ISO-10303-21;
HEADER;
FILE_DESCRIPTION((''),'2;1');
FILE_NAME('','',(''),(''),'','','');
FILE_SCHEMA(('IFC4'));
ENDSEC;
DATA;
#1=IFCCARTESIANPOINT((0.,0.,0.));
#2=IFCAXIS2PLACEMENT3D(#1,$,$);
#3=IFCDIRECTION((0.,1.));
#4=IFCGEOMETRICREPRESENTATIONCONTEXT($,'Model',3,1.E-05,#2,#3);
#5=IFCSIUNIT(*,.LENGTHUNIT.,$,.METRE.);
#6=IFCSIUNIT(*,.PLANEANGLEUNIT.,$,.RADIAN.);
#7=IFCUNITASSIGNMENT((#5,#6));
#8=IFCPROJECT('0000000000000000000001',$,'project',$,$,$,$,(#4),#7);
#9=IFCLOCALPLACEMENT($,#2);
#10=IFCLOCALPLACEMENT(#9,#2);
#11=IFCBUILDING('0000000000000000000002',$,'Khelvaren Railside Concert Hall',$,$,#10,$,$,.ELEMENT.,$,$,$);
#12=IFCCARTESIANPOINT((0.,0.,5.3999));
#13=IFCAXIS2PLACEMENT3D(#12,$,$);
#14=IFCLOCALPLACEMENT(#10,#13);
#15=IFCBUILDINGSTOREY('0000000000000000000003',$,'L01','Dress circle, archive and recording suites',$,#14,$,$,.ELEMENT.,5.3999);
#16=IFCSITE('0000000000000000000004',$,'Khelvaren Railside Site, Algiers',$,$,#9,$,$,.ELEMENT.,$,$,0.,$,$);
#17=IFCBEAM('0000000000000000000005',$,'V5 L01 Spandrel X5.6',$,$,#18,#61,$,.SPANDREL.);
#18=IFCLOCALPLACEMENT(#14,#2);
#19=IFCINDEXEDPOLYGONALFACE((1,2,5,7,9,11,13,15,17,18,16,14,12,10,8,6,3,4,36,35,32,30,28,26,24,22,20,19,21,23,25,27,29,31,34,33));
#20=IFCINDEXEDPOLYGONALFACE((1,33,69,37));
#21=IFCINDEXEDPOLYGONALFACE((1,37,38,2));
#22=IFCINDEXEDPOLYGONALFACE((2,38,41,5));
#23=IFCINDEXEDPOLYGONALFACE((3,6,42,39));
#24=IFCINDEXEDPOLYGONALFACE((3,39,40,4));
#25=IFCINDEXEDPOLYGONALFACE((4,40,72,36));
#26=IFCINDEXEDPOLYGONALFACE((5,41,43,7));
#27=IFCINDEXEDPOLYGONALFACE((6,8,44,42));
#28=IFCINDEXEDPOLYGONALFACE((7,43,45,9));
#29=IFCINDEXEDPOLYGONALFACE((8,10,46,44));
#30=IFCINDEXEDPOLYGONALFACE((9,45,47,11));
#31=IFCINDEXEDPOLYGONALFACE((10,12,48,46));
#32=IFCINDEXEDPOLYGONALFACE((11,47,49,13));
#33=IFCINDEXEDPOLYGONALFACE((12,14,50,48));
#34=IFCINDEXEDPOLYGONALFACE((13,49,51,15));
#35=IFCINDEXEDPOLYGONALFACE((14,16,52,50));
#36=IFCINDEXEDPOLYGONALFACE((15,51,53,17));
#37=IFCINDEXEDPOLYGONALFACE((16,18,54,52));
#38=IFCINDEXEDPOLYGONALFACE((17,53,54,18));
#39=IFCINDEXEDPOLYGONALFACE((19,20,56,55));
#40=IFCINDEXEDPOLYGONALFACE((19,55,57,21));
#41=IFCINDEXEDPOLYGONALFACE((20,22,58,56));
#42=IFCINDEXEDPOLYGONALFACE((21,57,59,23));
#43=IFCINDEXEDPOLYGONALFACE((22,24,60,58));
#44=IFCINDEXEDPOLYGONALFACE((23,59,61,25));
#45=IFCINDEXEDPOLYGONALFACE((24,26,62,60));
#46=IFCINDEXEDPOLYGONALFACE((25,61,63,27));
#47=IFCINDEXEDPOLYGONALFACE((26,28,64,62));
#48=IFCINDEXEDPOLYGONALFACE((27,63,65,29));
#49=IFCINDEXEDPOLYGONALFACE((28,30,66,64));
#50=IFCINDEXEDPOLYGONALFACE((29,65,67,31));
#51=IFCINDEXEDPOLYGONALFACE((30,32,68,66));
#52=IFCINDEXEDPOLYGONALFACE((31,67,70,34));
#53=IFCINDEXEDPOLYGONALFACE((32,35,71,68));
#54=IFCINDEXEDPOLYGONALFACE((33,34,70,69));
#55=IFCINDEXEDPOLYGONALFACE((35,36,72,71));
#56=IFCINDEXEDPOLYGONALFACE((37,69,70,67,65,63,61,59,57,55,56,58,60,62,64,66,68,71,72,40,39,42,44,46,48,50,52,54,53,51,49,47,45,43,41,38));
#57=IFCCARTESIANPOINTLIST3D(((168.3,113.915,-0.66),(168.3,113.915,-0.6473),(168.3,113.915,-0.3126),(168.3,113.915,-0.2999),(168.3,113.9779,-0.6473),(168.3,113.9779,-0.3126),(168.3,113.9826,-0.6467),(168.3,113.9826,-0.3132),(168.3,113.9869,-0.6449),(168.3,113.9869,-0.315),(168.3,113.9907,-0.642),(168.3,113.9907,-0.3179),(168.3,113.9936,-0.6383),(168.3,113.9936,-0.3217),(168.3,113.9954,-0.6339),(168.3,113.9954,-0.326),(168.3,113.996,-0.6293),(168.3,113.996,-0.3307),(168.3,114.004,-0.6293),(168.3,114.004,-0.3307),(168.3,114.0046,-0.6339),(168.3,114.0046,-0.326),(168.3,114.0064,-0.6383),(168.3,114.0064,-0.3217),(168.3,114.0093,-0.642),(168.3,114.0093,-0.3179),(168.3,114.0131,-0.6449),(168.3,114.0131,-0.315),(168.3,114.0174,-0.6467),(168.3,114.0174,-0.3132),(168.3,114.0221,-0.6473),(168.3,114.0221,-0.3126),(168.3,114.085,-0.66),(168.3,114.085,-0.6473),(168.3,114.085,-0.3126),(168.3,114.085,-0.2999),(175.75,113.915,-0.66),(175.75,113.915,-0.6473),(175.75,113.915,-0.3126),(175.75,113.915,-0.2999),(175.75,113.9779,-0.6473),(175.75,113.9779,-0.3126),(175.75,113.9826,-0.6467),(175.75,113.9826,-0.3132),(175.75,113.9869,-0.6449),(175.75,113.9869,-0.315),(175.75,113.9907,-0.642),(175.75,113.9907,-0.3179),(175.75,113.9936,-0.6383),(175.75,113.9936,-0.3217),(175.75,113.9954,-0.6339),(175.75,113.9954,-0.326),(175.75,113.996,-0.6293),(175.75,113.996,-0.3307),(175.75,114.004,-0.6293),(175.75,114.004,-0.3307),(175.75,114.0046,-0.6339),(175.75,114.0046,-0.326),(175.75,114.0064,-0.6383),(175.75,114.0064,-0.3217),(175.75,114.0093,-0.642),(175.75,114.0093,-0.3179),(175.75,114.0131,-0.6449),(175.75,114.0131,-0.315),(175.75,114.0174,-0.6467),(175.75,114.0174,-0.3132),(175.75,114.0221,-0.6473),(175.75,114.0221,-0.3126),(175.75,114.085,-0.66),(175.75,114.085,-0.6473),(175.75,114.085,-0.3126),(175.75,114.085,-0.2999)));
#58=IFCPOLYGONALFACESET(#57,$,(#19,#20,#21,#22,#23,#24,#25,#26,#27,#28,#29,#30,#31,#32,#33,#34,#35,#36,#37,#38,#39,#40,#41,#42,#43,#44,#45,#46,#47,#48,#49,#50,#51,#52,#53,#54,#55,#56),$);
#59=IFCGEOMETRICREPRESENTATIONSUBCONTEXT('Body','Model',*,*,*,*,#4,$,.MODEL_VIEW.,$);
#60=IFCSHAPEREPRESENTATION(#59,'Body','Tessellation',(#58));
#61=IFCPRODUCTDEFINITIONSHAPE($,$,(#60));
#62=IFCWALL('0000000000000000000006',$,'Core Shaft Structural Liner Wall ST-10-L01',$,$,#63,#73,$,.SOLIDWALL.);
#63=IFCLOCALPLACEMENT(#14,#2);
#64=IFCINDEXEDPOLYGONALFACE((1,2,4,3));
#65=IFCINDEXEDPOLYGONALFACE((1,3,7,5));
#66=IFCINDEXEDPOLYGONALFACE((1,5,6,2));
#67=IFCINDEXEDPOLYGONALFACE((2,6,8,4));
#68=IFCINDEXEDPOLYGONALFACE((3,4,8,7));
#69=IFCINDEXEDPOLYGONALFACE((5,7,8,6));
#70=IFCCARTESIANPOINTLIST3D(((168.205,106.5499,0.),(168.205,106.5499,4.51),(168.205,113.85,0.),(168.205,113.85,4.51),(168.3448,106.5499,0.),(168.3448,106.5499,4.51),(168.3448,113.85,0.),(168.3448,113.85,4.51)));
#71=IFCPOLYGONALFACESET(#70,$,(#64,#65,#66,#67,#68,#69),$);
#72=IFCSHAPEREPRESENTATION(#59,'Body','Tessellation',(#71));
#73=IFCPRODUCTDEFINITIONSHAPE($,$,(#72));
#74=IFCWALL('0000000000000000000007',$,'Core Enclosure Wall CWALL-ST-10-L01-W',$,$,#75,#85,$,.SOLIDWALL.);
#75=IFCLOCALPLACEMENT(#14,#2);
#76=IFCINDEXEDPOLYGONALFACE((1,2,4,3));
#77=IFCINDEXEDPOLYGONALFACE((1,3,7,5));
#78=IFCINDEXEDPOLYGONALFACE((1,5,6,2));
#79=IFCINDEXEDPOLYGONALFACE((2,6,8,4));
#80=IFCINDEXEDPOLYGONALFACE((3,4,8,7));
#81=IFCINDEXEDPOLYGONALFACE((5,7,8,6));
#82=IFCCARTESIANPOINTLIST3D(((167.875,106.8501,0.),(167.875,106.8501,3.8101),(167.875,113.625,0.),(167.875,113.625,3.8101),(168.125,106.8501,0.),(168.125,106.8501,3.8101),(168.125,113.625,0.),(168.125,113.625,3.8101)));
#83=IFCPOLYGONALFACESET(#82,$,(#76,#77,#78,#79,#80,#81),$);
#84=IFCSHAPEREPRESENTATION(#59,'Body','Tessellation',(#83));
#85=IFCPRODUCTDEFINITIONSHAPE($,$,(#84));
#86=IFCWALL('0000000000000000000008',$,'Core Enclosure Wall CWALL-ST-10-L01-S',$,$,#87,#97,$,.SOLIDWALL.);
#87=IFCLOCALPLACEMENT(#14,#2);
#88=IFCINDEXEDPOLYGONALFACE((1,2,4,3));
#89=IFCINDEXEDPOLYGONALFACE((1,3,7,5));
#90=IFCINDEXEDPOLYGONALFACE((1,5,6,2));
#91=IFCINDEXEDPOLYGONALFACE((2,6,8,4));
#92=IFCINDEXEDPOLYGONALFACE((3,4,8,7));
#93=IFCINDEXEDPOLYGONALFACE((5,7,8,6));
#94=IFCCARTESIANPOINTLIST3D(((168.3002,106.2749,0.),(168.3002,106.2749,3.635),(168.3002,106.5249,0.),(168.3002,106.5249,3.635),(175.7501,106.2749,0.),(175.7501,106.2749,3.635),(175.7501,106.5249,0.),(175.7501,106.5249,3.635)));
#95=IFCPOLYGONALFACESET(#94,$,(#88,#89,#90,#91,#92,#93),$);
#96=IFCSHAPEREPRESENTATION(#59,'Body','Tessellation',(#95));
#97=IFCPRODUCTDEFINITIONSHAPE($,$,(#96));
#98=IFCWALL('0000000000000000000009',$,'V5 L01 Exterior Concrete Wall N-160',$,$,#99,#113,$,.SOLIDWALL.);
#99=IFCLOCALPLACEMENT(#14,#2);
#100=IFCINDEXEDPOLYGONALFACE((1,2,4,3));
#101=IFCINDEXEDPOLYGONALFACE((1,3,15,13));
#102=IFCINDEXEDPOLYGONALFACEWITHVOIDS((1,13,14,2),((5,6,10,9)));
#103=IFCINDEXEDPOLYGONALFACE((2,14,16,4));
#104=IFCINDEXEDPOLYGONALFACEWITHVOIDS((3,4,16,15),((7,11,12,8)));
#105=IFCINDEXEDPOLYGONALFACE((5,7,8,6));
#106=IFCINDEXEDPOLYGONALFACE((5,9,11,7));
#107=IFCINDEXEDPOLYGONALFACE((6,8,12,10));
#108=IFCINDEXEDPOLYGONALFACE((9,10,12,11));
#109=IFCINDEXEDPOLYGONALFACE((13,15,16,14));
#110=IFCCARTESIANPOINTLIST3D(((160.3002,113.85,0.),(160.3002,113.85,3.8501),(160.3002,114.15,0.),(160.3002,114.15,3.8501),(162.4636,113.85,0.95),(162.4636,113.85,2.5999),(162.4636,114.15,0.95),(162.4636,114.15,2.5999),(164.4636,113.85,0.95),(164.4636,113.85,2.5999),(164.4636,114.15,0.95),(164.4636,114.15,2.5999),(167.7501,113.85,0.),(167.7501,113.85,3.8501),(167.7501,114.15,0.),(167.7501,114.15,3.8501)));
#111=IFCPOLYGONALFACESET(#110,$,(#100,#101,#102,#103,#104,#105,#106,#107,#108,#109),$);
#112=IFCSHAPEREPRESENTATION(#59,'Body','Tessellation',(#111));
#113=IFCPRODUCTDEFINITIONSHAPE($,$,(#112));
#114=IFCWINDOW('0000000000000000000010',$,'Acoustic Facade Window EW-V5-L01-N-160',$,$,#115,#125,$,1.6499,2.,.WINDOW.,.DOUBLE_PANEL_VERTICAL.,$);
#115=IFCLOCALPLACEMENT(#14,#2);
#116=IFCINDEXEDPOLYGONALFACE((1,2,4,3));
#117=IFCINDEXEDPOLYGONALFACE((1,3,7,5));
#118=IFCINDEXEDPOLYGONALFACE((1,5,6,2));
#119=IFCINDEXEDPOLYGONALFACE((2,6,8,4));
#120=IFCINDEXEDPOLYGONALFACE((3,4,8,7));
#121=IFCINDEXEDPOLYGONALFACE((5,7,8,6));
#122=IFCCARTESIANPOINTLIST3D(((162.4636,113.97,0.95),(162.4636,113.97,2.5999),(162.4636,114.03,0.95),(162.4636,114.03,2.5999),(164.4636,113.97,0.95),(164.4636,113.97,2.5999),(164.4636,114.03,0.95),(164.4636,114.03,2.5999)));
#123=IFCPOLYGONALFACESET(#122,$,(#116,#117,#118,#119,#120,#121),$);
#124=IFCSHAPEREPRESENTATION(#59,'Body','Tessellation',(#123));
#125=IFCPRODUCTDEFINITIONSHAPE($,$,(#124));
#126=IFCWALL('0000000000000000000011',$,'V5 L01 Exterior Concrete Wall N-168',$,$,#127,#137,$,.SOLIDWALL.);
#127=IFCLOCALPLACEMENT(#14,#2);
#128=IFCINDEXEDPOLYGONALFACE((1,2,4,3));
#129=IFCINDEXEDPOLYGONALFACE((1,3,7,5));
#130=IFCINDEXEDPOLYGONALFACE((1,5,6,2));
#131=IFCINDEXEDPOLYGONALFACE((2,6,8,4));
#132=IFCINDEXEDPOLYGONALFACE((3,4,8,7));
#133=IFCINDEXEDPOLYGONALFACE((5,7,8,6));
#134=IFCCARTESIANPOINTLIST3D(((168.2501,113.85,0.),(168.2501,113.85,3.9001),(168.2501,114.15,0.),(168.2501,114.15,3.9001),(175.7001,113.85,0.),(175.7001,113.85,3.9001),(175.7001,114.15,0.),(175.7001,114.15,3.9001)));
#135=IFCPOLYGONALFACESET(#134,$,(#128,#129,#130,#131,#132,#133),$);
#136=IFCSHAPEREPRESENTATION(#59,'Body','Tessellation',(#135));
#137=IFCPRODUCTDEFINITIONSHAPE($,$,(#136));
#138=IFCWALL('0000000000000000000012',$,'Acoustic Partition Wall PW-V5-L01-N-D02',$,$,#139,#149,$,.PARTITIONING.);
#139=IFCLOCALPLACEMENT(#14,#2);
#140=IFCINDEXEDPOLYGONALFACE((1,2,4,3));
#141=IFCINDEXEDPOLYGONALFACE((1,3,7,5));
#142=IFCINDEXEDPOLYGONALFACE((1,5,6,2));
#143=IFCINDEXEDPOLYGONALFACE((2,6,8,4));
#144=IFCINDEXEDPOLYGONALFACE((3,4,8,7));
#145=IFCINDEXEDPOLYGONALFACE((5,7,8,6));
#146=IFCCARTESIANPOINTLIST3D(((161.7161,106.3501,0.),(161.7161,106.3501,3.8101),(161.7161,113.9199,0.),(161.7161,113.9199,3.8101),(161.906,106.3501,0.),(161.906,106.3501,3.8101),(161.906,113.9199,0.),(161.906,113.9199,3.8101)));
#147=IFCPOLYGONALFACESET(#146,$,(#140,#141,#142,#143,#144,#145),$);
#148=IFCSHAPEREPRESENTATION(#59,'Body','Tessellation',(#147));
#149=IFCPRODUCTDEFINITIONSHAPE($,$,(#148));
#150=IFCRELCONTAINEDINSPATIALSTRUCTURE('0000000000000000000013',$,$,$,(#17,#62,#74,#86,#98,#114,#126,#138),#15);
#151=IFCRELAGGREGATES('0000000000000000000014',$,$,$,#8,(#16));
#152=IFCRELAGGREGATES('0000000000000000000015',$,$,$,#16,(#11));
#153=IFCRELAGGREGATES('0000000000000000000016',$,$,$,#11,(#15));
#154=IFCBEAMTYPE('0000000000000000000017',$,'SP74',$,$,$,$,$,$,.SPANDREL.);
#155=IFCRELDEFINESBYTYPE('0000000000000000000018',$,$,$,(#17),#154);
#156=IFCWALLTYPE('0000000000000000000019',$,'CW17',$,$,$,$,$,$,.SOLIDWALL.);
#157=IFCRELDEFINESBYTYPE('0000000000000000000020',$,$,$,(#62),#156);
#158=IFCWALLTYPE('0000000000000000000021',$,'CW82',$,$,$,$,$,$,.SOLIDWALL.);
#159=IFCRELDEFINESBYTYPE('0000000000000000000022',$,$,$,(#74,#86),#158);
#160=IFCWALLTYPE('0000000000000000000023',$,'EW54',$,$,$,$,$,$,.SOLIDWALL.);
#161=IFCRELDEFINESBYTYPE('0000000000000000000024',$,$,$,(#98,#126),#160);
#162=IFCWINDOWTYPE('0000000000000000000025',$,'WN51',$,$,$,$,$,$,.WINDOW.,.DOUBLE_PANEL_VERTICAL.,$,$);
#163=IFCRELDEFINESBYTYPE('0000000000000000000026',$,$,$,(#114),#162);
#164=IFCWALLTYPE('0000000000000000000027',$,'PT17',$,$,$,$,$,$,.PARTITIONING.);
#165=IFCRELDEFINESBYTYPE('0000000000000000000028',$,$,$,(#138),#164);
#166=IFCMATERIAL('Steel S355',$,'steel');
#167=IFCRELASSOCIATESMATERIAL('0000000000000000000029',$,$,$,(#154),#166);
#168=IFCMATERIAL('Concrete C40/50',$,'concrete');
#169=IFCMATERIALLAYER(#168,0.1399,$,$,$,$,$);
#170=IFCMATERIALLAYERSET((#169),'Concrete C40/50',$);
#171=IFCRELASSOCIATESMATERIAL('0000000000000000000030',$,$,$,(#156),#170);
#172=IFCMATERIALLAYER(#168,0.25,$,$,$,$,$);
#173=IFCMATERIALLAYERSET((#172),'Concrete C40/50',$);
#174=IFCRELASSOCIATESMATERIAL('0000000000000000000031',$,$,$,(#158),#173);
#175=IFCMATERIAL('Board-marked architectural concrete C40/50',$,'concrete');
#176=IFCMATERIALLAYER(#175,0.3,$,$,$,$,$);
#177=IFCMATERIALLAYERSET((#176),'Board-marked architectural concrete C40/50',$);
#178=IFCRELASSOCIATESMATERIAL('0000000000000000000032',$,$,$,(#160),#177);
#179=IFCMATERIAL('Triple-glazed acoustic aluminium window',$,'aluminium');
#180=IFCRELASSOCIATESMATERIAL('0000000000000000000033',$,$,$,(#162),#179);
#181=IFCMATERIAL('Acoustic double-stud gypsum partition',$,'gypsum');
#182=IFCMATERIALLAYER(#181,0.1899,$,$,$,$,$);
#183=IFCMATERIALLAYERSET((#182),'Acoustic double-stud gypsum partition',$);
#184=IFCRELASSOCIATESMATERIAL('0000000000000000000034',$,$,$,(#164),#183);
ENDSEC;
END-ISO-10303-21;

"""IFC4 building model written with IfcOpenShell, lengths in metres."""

from ifc_helpers import new_model, si_unit, direction, frame, frame_2d, origin, origin_2d, place, context, subcontext, project, spatial, rectangle, i_section, extrude, material, layer, layer_set, material_profile, profile_set, type_object, element, fill, save


model = new_model("IFC4")

# Units and contexts
model_context = context("Model", 3, precision=1e-05, world=origin(), true_north=direction((0.0, 1.0)))
body_context = subcontext(model_context, "Body", "Model", "MODEL_VIEW")
ifc_project = project(units=[si_unit("LENGTHUNIT", "METRE"), si_unit("PLANEANGLEUNIT", "RADIAN")], contexts=[model_context])

# Site, building, storey
site_placement = place(None, origin())
site = spatial("IfcSite", under=ifc_project, at=site_placement, Name="Khelvaren Railside Site, Algiers", CompositionType="ELEMENT", RefElevation=0.0)
building_placement = place(site_placement, origin())
building = spatial("IfcBuilding", under=site, at=building_placement, Name="Khelvaren Railside Concert Hall", CompositionType="ELEMENT")
storey_placement = place(building_placement, frame((0.0, 0.0, 5.3999)))
storey = spatial("IfcBuildingStorey", under=building, at=storey_placement, Name="L01", Description="Dress circle, archive and recording suites", CompositionType="ELEMENT", Elevation=5.3999)

# Shared definitions
ifc_material_1 = material(Name="Steel S355", Category="steel")

# Beam
ifc_material_2 = material(Name="Concrete C40/50", Category="concrete")
ifc_material_profile_1 = material_profile(ifc_material_1, i_section(OverallWidth=0.1699, OverallDepth=0.3601, WebThickness=0.0081, FlangeThickness=0.0127, FilletRadius=0.0181, at=origin_2d()), Name="IPE 360")
ifc_profile_set_1 = profile_set([ifc_material_profile_1], Name="Steel S355")
beam_type_1 = type_object("IfcBeamType", Name="SP74", PredefinedType="SPANDREL", material=ifc_profile_set_1)
beam_1_placement = place(storey_placement, frame((168.3, 114.0, -0.48), z_axis=(1.0, 0.0, 0.0), x_axis=(0.0, 1.0, 0.0)))
element("IfcBeam", 1, at=beam_1_placement, inside=storey, type_object=beam_type_1, Name="V5 L01 Spandrel X5.6", PredefinedType="SPANDREL", context=body_context, shape_type="SweptSolid", body=[
    extrude(i_section(OverallWidth=0.1699, OverallDepth=0.3601, WebThickness=0.0081, FlangeThickness=0.0127, FilletRadius=0.0181, at=origin_2d()), origin(), (0.0, 0.0, 1.0), 7.45),
])

# Walls
ifc_layer_1 = layer(ifc_material_2, 0.1399)
ifc_layer_set_1 = layer_set([ifc_layer_1], Name="Concrete C40/50")
wall_type_1 = type_object("IfcWallType", Name="CW17", PredefinedType="SOLIDWALL", material=ifc_layer_set_1)
wall_1_placement = place(storey_placement, frame((168.2749, 106.55, 0.0), z_axis=(0.0, 0.0, 1.0), x_axis=(0.0, 1.0, 0.0)))
element("IfcWall", 2, at=wall_1_placement, inside=storey, type_object=wall_type_1, Name="Core Shaft Structural Liner Wall ST-10-L01", PredefinedType="SOLIDWALL", context=body_context, shape_type="SweptSolid", body=[
    extrude(rectangle(XDim=7.3, YDim=0.1399, at=frame_2d((3.6499, 0.0))), origin(), (0.0, 0.0, 1.0), 4.51),
])
ifc_layer_2 = layer(ifc_material_2, 0.25)
ifc_layer_set_2 = layer_set([ifc_layer_2], Name="Concrete C40/50")
wall_type_2 = type_object("IfcWallType", Name="CW82", PredefinedType="SOLIDWALL", material=ifc_layer_set_2)
wall_2_placement = place(storey_placement, frame((168.0, 106.8501, 0.0), z_axis=(0.0, 0.0, 1.0), x_axis=(0.0, 1.0, 0.0)))
element("IfcWall", 3, at=wall_2_placement, inside=storey, type_object=wall_type_2, Name="Core Enclosure Wall CWALL-ST-10-L01-W", PredefinedType="SOLIDWALL", context=body_context, shape_type="SweptSolid", body=[
    extrude(rectangle(XDim=6.7749, YDim=0.25, at=frame_2d((3.3875, 0.0))), origin(), (0.0, 0.0, 1.0), 3.8101),
])
wall_3_placement = place(storey_placement, frame((168.3, 106.3999, 0.0), z_axis=(0.0, 0.0, 1.0), x_axis=(1.0, 0.0, 0.0)))
element("IfcWall", 4, at=wall_3_placement, inside=storey, type_object=wall_type_2, Name="Core Enclosure Wall CWALL-ST-10-L01-S", PredefinedType="SOLIDWALL", context=body_context, shape_type="SweptSolid", body=[
    extrude(rectangle(XDim=7.45, YDim=0.25, at=frame_2d((3.7251, 0.0))), origin(), (0.0, 0.0, 1.0), 3.635),
])

# Wall, opening, window
ifc_material_3 = material(Name="Board-marked architectural concrete C40/50", Category="concrete")
ifc_layer_3 = layer(ifc_material_3, 0.3)
ifc_layer_set_3 = layer_set([ifc_layer_3], Name="Board-marked architectural concrete C40/50")
wall_type_3 = type_object("IfcWallType", Name="EW54", PredefinedType="SOLIDWALL", material=ifc_layer_set_3)
wall_4_placement = place(storey_placement, frame((160.3, 114.0, 0.0), z_axis=(0.0, 0.0, 1.0), x_axis=(1.0, 0.0, 0.0)))
wall_4 = element("IfcWall", 5, at=wall_4_placement, inside=storey, type_object=wall_type_3, Name="V5 L01 Exterior Concrete Wall N-160", PredefinedType="SOLIDWALL", context=body_context, shape_type="SweptSolid", body=[
    extrude(rectangle(XDim=7.45, YDim=0.3, at=frame_2d((3.7251, 0.0))), origin(), (0.0, 0.0, 1.0), 3.8501),
])
opening_1_placement = place(wall_4_placement, frame((2.1636, 0.0, 0.95)))
opening_1 = element("IfcOpeningElement", 6, at=opening_1_placement, cuts=wall_4, PredefinedType="OPENING", context=body_context, shape_type="SweptSolid", body=[
    extrude(rectangle(XDim=2.0, YDim=1.6499, at=frame_2d((1.0, 0.825))), frame((0.0, 0.1599, 0.0), z_axis=(0.0, -1.0, 0.0), x_axis=(1.0, 0.0, 0.0)), (0.0, 0.0, 1.0), 0.3201),
])
ifc_material_4 = material(Name="Triple-glazed acoustic aluminium window", Category="aluminium")
window_type = type_object("IfcWindowType", Name="WN51", PartitioningType="DOUBLE_PANEL_VERTICAL", PredefinedType="WINDOW", material=ifc_material_4)
window_placement = place(opening_1_placement, origin())
window = element("IfcWindow", 7, at=window_placement, inside=storey, type_object=window_type, Name="Acoustic Facade Window EW-V5-L01-N-160", OverallHeight=1.6499, OverallWidth=2.0, PartitioningType="DOUBLE_PANEL_VERTICAL", PredefinedType="WINDOW", context=body_context, shape_type="SweptSolid", body=[
    extrude(rectangle(XDim=2.0, YDim=1.6499, at=frame_2d((1.0, 0.825))), frame((0.0, 0.03, 0.0), z_axis=(0.0, -1.0, 0.0), x_axis=(1.0, 0.0, 0.0)), (0.0, 0.0, 1.0), 0.0601),
])
fill(opening_1, window)

# Walls
wall_5_placement = place(storey_placement, frame((168.25, 114.0, 0.0), z_axis=(0.0, 0.0, 1.0), x_axis=(1.0, 0.0, 0.0)))
element("IfcWall", 8, at=wall_5_placement, inside=storey, type_object=wall_type_3, Name="V5 L01 Exterior Concrete Wall N-168", PredefinedType="SOLIDWALL", context=body_context, shape_type="SweptSolid", body=[
    extrude(rectangle(XDim=7.45, YDim=0.3, at=frame_2d((3.7251, 0.0))), origin(), (0.0, 0.0, 1.0), 3.9001),
])
ifc_material_5 = material(Name="Acoustic double-stud gypsum partition", Category="gypsum")
ifc_layer_4 = layer(ifc_material_5, 0.1899)
ifc_layer_set_4 = layer_set([ifc_layer_4], Name="Acoustic double-stud gypsum partition")
wall_type_4 = type_object("IfcWallType", Name="PT17", PredefinedType="PARTITIONING", material=ifc_layer_set_4)
wall_6_placement = place(storey_placement, frame((161.811, 106.3501, 0.0), z_axis=(0.0, 0.0, 1.0), x_axis=(0.0, 1.0, 0.0)))
element("IfcWall", 9, at=wall_6_placement, inside=storey, type_object=wall_type_4, Name="Acoustic Partition Wall PW-V5-L01-N-D02", PredefinedType="PARTITIONING", context=body_context, shape_type="SweptSolid", body=[
    extrude(rectangle(XDim=7.5698, YDim=0.1899, at=frame_2d((3.7849, 0.0))), origin(), (0.0, 0.0, 1.0), 3.8101),
])

save(model, "model.ifc")
